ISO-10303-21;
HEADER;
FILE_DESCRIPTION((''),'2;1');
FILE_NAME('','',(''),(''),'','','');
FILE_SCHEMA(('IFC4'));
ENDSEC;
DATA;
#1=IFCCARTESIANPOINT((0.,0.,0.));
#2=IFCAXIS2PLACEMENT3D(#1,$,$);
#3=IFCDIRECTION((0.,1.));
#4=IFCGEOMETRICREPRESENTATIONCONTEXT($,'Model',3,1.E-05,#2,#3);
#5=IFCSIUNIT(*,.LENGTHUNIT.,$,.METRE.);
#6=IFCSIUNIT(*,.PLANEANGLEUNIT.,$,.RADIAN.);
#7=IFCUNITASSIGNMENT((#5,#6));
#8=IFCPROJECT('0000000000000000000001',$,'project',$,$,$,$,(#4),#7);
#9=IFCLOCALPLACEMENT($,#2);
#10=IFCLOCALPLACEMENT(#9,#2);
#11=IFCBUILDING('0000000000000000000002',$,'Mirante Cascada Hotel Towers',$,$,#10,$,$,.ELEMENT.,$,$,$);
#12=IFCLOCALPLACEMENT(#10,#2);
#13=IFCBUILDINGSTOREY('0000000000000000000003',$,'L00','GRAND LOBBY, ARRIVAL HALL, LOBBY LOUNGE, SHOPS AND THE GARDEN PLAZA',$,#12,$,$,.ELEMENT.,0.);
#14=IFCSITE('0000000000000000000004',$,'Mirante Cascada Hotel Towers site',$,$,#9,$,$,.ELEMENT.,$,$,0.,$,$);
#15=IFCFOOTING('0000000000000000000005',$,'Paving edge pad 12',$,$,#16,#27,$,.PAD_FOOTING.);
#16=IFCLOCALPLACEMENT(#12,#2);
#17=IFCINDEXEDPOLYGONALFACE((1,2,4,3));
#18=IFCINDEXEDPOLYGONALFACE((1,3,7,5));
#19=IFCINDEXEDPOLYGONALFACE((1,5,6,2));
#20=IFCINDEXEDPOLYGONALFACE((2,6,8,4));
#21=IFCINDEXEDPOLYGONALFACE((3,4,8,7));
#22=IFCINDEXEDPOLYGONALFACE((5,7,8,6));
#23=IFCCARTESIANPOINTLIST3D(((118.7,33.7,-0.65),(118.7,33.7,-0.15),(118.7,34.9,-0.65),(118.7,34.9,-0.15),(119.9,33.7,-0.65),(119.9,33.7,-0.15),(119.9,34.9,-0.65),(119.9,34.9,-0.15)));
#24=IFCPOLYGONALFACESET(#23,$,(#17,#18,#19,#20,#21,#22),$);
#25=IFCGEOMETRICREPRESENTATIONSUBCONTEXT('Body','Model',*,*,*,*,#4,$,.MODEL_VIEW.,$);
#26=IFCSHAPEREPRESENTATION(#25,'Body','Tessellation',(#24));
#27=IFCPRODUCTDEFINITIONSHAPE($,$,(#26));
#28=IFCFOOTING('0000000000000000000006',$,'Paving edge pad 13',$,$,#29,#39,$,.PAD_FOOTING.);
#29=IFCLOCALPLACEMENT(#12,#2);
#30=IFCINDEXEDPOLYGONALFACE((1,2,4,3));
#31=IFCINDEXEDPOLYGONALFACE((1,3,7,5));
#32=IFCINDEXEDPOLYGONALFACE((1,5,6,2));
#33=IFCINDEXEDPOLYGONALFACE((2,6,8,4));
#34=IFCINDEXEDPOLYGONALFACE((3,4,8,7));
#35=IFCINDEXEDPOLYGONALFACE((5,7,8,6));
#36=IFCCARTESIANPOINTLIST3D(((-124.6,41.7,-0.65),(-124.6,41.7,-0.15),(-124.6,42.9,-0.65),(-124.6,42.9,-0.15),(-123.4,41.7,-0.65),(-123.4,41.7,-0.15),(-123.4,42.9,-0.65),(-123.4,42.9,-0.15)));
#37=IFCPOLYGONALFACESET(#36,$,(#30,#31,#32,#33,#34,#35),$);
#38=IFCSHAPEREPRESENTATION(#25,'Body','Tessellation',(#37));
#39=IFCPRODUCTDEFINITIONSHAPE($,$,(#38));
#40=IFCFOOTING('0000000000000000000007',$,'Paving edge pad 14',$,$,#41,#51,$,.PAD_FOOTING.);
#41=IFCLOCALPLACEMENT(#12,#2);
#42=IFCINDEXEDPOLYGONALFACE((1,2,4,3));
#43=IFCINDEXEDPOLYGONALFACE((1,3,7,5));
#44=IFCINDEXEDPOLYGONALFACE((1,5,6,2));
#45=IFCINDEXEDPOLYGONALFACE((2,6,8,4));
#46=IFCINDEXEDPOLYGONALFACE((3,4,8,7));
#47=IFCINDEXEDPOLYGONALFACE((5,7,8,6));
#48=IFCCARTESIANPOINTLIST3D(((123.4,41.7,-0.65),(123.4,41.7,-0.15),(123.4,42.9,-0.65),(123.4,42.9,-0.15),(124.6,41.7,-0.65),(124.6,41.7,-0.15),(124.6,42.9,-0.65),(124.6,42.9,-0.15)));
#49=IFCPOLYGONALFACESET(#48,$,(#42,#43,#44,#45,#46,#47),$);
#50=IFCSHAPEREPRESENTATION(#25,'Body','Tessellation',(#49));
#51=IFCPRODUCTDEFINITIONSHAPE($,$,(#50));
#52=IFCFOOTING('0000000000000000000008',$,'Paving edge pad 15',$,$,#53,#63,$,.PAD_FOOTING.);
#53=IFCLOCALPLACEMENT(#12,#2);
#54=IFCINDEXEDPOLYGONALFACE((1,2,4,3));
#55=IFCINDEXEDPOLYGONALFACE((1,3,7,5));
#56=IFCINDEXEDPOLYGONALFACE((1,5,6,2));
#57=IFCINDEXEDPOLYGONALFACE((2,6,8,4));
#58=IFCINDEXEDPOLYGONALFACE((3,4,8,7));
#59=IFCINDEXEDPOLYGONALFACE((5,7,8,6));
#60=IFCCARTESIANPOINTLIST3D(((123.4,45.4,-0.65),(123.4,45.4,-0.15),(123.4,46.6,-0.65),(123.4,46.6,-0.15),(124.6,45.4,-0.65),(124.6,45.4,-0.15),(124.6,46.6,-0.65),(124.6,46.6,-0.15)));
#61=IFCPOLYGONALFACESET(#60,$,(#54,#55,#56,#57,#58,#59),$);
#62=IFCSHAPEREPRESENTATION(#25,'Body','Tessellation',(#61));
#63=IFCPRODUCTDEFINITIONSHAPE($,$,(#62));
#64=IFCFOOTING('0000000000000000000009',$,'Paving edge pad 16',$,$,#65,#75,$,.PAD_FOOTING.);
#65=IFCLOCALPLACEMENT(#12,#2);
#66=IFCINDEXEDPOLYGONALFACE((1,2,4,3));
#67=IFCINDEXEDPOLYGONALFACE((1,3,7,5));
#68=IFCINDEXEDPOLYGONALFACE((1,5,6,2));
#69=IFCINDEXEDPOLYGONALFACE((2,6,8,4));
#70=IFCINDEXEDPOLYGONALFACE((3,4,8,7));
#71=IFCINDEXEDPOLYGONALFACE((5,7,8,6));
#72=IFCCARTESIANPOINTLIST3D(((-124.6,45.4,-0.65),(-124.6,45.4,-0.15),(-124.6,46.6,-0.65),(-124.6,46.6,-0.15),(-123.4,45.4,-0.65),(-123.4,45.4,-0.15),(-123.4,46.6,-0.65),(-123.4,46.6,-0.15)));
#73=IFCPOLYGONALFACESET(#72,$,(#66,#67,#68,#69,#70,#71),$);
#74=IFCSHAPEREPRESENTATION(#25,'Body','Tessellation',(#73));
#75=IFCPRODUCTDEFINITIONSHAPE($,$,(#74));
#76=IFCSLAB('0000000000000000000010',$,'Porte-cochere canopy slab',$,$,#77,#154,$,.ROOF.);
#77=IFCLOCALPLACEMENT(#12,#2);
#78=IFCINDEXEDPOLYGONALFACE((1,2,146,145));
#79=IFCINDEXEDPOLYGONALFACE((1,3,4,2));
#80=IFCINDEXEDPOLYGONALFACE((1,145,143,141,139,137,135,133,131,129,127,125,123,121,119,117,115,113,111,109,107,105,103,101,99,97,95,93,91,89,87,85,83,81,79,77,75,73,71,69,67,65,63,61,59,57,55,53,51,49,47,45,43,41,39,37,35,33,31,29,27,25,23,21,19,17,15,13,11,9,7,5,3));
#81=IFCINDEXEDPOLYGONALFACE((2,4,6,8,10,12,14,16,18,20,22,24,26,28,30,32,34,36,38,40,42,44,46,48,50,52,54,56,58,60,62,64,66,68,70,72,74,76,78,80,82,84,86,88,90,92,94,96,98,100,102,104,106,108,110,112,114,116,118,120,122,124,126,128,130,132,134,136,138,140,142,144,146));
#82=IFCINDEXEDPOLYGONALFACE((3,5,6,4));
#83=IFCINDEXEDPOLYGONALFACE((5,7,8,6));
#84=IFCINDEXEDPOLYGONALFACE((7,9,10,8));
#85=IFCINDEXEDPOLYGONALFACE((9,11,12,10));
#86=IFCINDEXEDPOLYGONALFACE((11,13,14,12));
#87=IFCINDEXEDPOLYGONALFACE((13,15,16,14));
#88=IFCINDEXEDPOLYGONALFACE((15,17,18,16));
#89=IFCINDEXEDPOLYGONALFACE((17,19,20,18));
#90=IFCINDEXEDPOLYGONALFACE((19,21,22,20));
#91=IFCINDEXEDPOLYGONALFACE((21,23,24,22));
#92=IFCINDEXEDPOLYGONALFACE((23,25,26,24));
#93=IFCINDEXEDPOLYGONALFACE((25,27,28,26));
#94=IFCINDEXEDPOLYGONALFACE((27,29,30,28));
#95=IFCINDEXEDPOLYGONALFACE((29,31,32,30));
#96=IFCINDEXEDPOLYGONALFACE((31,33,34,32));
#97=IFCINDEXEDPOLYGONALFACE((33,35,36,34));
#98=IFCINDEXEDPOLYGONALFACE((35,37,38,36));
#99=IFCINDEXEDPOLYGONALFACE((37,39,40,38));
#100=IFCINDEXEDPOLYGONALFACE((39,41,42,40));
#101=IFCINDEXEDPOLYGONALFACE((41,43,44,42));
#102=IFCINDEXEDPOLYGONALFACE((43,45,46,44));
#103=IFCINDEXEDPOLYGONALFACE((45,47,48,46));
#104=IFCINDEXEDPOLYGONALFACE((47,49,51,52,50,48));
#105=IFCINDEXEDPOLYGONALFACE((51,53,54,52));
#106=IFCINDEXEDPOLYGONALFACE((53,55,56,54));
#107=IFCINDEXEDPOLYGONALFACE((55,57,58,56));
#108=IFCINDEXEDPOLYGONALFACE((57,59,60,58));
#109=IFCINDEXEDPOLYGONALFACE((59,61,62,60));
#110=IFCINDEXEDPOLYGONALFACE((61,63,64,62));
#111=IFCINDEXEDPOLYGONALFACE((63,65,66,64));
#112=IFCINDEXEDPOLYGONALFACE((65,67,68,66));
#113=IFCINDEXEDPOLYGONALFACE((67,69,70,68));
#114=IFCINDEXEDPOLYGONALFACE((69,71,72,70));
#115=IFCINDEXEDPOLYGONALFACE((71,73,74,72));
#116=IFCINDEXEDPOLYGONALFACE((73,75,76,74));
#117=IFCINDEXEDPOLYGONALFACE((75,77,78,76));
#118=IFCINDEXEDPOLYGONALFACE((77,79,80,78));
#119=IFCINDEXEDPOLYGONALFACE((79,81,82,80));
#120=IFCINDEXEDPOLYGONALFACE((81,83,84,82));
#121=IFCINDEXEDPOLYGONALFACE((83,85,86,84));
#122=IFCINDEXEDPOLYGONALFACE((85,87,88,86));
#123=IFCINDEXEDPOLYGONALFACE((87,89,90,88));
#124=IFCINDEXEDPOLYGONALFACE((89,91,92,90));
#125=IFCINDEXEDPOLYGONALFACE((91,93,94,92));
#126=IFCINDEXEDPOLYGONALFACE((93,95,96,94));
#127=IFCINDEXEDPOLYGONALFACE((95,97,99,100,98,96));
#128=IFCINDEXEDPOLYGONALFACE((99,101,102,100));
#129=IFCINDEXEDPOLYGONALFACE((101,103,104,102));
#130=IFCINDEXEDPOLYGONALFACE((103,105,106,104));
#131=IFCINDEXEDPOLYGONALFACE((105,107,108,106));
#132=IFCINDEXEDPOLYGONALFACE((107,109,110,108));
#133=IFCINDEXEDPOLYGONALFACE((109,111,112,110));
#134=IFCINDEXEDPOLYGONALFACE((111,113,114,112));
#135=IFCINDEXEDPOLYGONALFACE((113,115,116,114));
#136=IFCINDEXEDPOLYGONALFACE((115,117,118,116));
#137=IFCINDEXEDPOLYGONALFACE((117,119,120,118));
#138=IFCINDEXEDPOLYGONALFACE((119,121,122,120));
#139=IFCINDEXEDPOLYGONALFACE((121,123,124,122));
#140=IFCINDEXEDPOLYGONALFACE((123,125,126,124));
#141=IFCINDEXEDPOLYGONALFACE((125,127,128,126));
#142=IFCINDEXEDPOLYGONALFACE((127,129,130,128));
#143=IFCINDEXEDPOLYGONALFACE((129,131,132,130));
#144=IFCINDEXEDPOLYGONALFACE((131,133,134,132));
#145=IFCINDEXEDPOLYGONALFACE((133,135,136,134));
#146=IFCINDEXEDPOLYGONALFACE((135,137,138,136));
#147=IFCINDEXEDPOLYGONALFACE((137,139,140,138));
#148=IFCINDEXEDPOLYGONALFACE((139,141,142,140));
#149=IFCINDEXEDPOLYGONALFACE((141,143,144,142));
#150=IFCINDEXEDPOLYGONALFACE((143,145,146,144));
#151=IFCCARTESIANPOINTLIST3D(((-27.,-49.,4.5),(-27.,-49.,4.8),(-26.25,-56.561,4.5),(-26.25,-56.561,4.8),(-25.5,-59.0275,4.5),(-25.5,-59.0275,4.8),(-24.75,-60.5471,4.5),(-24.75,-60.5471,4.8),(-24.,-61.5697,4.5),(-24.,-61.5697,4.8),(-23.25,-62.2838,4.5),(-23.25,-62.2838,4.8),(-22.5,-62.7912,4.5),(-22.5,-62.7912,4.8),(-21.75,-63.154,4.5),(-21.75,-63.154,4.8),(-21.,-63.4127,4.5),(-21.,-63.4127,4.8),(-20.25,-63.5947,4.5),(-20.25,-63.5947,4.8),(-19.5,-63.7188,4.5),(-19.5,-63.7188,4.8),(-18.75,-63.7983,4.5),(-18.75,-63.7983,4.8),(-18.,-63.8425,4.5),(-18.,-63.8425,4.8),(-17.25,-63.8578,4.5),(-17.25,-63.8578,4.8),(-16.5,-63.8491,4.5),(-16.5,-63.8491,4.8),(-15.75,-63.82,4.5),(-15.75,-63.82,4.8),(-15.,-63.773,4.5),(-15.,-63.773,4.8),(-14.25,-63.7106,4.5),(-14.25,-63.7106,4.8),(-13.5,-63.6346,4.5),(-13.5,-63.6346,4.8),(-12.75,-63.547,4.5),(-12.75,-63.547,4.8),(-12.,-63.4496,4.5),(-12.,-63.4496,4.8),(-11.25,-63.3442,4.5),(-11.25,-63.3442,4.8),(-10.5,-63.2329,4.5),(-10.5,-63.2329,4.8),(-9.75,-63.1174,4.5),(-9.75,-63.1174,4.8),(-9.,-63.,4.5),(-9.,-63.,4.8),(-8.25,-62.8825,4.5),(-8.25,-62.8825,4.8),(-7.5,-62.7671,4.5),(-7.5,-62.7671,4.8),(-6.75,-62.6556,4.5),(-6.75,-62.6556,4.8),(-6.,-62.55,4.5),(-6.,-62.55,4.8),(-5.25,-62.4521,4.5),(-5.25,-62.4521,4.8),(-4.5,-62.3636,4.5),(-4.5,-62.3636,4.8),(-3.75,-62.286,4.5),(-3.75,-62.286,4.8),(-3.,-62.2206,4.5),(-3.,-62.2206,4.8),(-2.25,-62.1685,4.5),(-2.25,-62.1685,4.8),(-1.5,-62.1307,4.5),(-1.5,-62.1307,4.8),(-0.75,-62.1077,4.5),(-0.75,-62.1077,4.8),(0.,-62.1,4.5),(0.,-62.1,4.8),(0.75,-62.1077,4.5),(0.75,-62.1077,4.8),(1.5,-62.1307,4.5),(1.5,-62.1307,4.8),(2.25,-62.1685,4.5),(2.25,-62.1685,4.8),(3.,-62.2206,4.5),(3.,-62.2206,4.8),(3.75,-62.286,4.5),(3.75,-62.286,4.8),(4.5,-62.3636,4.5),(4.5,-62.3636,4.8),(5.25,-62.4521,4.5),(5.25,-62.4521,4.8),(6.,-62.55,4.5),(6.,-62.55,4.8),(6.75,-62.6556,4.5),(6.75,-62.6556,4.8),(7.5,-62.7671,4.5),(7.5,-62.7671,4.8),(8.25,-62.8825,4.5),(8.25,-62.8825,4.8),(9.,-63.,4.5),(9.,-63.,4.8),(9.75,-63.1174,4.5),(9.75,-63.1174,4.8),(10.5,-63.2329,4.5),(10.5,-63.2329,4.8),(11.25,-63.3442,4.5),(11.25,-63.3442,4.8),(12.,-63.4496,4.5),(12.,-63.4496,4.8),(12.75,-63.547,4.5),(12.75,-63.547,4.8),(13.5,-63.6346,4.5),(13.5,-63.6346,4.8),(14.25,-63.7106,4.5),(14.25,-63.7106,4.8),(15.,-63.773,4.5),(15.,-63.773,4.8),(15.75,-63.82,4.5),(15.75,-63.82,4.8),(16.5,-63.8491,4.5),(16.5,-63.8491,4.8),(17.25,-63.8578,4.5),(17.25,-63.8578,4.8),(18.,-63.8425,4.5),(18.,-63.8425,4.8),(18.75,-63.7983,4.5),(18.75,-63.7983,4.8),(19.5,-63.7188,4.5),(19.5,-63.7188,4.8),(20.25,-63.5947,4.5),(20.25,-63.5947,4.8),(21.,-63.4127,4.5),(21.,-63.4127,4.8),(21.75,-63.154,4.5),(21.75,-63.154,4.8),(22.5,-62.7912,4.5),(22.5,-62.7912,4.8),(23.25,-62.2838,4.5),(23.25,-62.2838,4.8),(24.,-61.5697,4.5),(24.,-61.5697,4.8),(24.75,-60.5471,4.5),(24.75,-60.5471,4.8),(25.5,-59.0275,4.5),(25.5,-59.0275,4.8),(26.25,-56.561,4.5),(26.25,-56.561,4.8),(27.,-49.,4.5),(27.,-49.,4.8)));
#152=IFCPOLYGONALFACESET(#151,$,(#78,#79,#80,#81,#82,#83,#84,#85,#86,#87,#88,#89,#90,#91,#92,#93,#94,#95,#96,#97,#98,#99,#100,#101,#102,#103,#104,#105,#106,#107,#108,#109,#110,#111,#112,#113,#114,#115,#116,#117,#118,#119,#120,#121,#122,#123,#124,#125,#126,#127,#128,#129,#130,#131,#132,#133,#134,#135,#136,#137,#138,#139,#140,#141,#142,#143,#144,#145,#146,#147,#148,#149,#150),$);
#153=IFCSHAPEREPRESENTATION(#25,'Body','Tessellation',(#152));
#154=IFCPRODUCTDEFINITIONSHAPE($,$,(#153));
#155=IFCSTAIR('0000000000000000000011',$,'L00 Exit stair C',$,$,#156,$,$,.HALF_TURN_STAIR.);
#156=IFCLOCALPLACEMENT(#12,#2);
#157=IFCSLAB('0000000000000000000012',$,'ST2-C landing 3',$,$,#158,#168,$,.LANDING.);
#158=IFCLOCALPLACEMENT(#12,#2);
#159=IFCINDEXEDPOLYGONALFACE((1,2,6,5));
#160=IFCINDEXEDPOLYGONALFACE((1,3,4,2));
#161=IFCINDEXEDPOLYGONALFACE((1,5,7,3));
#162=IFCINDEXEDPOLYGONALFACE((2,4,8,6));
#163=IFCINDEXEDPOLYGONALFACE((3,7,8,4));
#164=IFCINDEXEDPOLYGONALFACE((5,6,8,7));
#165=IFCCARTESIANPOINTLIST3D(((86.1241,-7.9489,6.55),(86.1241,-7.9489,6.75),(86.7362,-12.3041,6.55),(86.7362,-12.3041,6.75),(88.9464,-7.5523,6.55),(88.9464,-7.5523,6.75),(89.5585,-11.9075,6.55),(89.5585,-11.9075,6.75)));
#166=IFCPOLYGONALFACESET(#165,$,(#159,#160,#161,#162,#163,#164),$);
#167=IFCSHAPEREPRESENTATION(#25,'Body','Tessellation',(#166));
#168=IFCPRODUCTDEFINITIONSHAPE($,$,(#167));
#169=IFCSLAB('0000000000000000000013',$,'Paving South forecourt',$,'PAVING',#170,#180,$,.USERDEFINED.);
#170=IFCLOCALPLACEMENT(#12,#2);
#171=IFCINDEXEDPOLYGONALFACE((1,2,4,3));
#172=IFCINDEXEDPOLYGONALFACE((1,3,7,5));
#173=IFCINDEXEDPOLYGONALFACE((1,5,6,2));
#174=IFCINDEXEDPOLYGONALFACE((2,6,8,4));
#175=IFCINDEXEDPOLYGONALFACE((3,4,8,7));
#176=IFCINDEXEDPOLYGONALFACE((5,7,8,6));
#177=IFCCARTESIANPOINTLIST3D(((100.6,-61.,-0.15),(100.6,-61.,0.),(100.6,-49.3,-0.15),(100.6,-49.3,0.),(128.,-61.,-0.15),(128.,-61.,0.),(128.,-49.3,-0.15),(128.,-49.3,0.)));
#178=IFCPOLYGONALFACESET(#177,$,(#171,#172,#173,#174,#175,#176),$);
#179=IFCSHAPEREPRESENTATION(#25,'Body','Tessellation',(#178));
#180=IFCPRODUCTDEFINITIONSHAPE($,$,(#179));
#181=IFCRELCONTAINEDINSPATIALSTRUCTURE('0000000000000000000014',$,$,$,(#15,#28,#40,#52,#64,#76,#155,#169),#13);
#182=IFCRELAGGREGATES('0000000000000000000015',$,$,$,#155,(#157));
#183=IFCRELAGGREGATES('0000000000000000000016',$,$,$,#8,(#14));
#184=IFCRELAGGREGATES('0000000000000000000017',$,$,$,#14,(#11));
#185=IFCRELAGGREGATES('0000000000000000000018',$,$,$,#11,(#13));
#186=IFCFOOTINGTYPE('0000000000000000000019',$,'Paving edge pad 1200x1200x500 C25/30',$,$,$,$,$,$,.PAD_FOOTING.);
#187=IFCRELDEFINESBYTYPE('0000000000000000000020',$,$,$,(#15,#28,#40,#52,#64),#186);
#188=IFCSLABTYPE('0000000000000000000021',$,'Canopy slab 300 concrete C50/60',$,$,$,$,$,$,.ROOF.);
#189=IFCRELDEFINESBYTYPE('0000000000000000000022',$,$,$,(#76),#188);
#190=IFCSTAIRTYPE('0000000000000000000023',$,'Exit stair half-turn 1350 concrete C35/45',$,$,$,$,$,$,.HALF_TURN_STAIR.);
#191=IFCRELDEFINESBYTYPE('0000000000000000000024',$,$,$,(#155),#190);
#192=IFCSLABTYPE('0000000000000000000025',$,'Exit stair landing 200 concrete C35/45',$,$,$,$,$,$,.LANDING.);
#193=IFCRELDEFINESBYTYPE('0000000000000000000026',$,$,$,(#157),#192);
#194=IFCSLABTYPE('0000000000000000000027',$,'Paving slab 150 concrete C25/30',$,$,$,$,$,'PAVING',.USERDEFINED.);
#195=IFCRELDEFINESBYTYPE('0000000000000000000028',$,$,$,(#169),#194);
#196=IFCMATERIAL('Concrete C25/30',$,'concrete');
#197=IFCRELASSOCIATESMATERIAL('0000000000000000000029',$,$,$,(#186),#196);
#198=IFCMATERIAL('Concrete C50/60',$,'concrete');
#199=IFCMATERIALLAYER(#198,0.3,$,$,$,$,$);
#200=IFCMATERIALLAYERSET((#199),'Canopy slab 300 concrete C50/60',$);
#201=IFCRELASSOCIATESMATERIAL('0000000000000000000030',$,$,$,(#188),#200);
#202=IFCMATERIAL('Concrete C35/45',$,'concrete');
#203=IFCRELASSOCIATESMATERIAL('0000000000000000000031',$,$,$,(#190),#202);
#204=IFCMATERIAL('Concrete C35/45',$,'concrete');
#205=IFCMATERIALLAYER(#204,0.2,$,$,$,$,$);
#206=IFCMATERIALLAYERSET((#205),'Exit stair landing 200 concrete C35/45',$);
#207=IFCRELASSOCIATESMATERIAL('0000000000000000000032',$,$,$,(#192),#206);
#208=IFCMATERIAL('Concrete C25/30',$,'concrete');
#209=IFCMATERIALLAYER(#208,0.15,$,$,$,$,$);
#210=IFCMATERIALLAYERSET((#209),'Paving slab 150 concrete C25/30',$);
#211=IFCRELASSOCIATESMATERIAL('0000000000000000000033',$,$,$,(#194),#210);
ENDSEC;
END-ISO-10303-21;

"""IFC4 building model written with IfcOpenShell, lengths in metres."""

from ifc_helpers import new_model, si_unit, direction, frame, origin, place, context, subcontext, project, spatial, polyline, outline, extrude, material, layer, layer_set, type_object, element, aggregate, save


model = new_model("IFC4")

# Units and contexts
model_context = context("Model", 3, precision=1e-05, world=origin(), true_north=direction((0.0, 1.0)))
body_context = subcontext(model_context, "Body", "Model", "MODEL_VIEW")
ifc_project = project(units=[si_unit("LENGTHUNIT", "METRE"), si_unit("PLANEANGLEUNIT", "RADIAN")], contexts=[model_context])

# Site, building, storey
site_placement = place(None, origin())
site = spatial("IfcSite", under=ifc_project, at=site_placement, Name="Mirante Cascada Hotel Towers site", CompositionType="ELEMENT", RefElevation=0.0)
building_placement = place(site_placement, origin())
building = spatial("IfcBuilding", under=site, at=building_placement, Name="Mirante Cascada Hotel Towers", CompositionType="ELEMENT")
storey_placement = place(building_placement, origin())
storey = spatial("IfcBuildingStorey", under=building, at=storey_placement, Name="L00", Description="GRAND LOBBY, ARRIVAL HALL, LOBBY LOUNGE, SHOPS AND THE GARDEN PLAZA", CompositionType="ELEMENT", Elevation=0.0)

# Footings
ifc_material_1 = material(Name="Concrete C25/30", Category="concrete")
footing_type = type_object("IfcFootingType", Name="Paving edge pad 1200x1200x500 C25/30", PredefinedType="PAD_FOOTING", material=ifc_material_1)
footing_1_placement = place(storey_placement, frame((0.0, 0.0, -0.65)))
element("IfcFooting", 1, at=footing_1_placement, inside=storey, type_object=footing_type, Name="Paving edge pad 12", PredefinedType="PAD_FOOTING", context=body_context, shape_type="SweptSolid", body=[
    extrude(outline(polyline([(118.7, 33.7), (119.9, 33.7), (119.9, 34.9), (118.7, 34.9), (118.7, 33.7)])), origin(), (0.0, 0.0, 1.0), 0.5),
])
footing_2_placement = place(storey_placement, frame((0.0, 0.0, -0.65)))
element("IfcFooting", 2, at=footing_2_placement, inside=storey, type_object=footing_type, Name="Paving edge pad 13", PredefinedType="PAD_FOOTING", context=body_context, shape_type="SweptSolid", body=[
    extrude(outline(polyline([(-124.6, 41.7), (-123.4, 41.7), (-123.4, 42.9), (-124.6, 42.9), (-124.6, 41.7)])), origin(), (0.0, 0.0, 1.0), 0.5),
])
footing_3_placement = place(storey_placement, frame((0.0, 0.0, -0.65)))
element("IfcFooting", 3, at=footing_3_placement, inside=storey, type_object=footing_type, Name="Paving edge pad 14", PredefinedType="PAD_FOOTING", context=body_context, shape_type="SweptSolid", body=[
    extrude(outline(polyline([(123.4, 41.7), (124.6, 41.7), (124.6, 42.9), (123.4, 42.9), (123.4, 41.7)])), origin(), (0.0, 0.0, 1.0), 0.5),
])
footing_4_placement = place(storey_placement, frame((0.0, 0.0, -0.65)))
element("IfcFooting", 4, at=footing_4_placement, inside=storey, type_object=footing_type, Name="Paving edge pad 15", PredefinedType="PAD_FOOTING", context=body_context, shape_type="SweptSolid", body=[
    extrude(outline(polyline([(123.4, 45.4), (124.6, 45.4), (124.6, 46.6), (123.4, 46.6), (123.4, 45.4)])), origin(), (0.0, 0.0, 1.0), 0.5),
])
footing_5_placement = place(storey_placement, frame((0.0, 0.0, -0.65)))
element("IfcFooting", 5, at=footing_5_placement, inside=storey, type_object=footing_type, Name="Paving edge pad 16", PredefinedType="PAD_FOOTING", context=body_context, shape_type="SweptSolid", body=[
    extrude(outline(polyline([(-124.6, 45.4), (-123.4, 45.4), (-123.4, 46.6), (-124.6, 46.6), (-124.6, 45.4)])), origin(), (0.0, 0.0, 1.0), 0.5),
])

# Slab
ifc_material_2 = material(Name="Concrete C50/60", Category="concrete")
ifc_layer_1 = layer(ifc_material_2, 0.3)
ifc_layer_set_1 = layer_set([ifc_layer_1], Name="Canopy slab 300 concrete C50/60")
slab_type_1 = type_object("IfcSlabType", Name="Canopy slab 300 concrete C50/60", PredefinedType="ROOF", material=ifc_layer_set_1)
slab_1_placement = place(storey_placement, frame((0.0, 0.0, 4.5)))
element("IfcSlab", 6, at=slab_1_placement, inside=storey, type_object=slab_type_1, Name="Porte-cochere canopy slab", PredefinedType="ROOF", context=body_context, shape_type="SweptSolid", body=[
    extrude(outline(polyline([(-27.0, -49.0), (-27.0, -49.0), (-26.25, -56.561), (-25.5, -59.0275), (-24.75, -60.5471), (-24.0, -61.5697), (-23.25, -62.2838), (-22.5, -62.7912), (-21.75, -63.154), (-21.0, -63.4127), (-20.25, -63.5947), (-19.5, -63.7188), (-18.75, -63.7983), (-18.0, -63.8425), (-17.25, -63.8578), (-16.5, -63.8491), (-15.75, -63.82), (-15.0, -63.773), (-14.25, -63.7106), (-13.5, -63.6346), (-12.75, -63.547), (-12.0, -63.4496), (-11.25, -63.3442), (-10.5, -63.2329), (-9.75, -63.1174), (-9.0, -63.0), (-8.25, -62.8825), (-7.5, -62.7671), (-6.75, -62.6556), (-6.0, -62.55), (-5.25, -62.4521), (-4.5, -62.3636), (-3.75, -62.286), (-3.0, -62.2206), (-2.25, -62.1685), (-1.5, -62.1307), (-0.75, -62.1077), (0.0, -62.1), (0.75, -62.1077), (1.5, -62.1307), (2.25, -62.1685), (3.0, -62.2206), (3.75, -62.286), (4.5, -62.3636), (5.25, -62.4521), (6.0, -62.55), (6.75, -62.6556), (7.5, -62.7671), (8.25, -62.8825), (9.0, -63.0), (9.75, -63.1174), (10.5, -63.2329), (11.25, -63.3442), (12.0, -63.4496), (12.75, -63.547), (13.5, -63.6346), (14.25, -63.7106), (15.0, -63.773), (15.75, -63.82), (16.5, -63.8491), (17.25, -63.8578), (18.0, -63.8425), (18.75, -63.7983), (19.5, -63.7188), (20.25, -63.5947), (21.0, -63.4127), (21.75, -63.154), (22.5, -62.7912), (23.25, -62.2838), (24.0, -61.5697), (24.75, -60.5471), (25.5, -59.0275), (26.25, -56.561), (27.0, -49.0), (27.0, -49.0), (-27.0, -49.0)])), origin(), (0.0, 0.0, 1.0), 0.3),
])

# Stair, slab
ifc_material_3 = material(Name="Concrete C35/45", Category="concrete")
stair_type_1 = type_object("IfcStairType", Name="Exit stair half-turn 1350 concrete C35/45", PredefinedType="HALF_TURN_STAIR", material=ifc_material_3)
stair_1_placement = place(storey_placement, origin())
stair_1 = element("IfcStair", 7, at=stair_1_placement, inside=storey, type_object=stair_type_1, Name="L00 Exit stair C", PredefinedType="HALF_TURN_STAIR")
ifc_material_4 = material(Name="Concrete C35/45", Category="concrete")
ifc_layer_2 = layer(ifc_material_4, 0.2)
ifc_layer_set_2 = layer_set([ifc_layer_2], Name="Exit stair landing 200 concrete C35/45")
slab_type_2 = type_object("IfcSlabType", Name="Exit stair landing 200 concrete C35/45", PredefinedType="LANDING", material=ifc_layer_set_2)
slab_2_placement = place(storey_placement, frame((0.0, 0.0, 6.55)))
slab_2 = element("IfcSlab", 8, at=slab_2_placement, type_object=slab_type_2, Name="ST2-C landing 3", PredefinedType="LANDING", context=body_context, shape_type="SweptSolid", body=[
    extrude(outline(polyline([(86.1241, -7.9489), (86.7362, -12.3041), (89.5585, -11.9075), (88.9464, -7.5523), (86.1241, -7.9489)])), origin(), (0.0, 0.0, 1.0), 0.2),
])
aggregate(stair_1, [slab_2])

# Slab
ifc_material_5 = material(Name="Concrete C25/30", Category="concrete")
ifc_layer_3 = layer(ifc_material_5, 0.15)
ifc_layer_set_3 = layer_set([ifc_layer_3], Name="Paving slab 150 concrete C25/30")
slab_type_3 = type_object("IfcSlabType", Name="Paving slab 150 concrete C25/30", ElementType="PAVING", PredefinedType="USERDEFINED", material=ifc_layer_set_3)
slab_3_placement = place(storey_placement, frame((0.0, 0.0, -0.15)))
element("IfcSlab", 9, at=slab_3_placement, inside=storey, type_object=slab_type_3, Name="Paving South forecourt", ObjectType="PAVING", PredefinedType="USERDEFINED", context=body_context, shape_type="SweptSolid", body=[
    extrude(outline(polyline([(128.0, -61.0), (128.0, -49.3), (100.6, -49.3), (100.6, -61.0), (128.0, -61.0)])), origin(), (0.0, 0.0, 1.0), 0.15),
])

save(model, "model.ifc")
